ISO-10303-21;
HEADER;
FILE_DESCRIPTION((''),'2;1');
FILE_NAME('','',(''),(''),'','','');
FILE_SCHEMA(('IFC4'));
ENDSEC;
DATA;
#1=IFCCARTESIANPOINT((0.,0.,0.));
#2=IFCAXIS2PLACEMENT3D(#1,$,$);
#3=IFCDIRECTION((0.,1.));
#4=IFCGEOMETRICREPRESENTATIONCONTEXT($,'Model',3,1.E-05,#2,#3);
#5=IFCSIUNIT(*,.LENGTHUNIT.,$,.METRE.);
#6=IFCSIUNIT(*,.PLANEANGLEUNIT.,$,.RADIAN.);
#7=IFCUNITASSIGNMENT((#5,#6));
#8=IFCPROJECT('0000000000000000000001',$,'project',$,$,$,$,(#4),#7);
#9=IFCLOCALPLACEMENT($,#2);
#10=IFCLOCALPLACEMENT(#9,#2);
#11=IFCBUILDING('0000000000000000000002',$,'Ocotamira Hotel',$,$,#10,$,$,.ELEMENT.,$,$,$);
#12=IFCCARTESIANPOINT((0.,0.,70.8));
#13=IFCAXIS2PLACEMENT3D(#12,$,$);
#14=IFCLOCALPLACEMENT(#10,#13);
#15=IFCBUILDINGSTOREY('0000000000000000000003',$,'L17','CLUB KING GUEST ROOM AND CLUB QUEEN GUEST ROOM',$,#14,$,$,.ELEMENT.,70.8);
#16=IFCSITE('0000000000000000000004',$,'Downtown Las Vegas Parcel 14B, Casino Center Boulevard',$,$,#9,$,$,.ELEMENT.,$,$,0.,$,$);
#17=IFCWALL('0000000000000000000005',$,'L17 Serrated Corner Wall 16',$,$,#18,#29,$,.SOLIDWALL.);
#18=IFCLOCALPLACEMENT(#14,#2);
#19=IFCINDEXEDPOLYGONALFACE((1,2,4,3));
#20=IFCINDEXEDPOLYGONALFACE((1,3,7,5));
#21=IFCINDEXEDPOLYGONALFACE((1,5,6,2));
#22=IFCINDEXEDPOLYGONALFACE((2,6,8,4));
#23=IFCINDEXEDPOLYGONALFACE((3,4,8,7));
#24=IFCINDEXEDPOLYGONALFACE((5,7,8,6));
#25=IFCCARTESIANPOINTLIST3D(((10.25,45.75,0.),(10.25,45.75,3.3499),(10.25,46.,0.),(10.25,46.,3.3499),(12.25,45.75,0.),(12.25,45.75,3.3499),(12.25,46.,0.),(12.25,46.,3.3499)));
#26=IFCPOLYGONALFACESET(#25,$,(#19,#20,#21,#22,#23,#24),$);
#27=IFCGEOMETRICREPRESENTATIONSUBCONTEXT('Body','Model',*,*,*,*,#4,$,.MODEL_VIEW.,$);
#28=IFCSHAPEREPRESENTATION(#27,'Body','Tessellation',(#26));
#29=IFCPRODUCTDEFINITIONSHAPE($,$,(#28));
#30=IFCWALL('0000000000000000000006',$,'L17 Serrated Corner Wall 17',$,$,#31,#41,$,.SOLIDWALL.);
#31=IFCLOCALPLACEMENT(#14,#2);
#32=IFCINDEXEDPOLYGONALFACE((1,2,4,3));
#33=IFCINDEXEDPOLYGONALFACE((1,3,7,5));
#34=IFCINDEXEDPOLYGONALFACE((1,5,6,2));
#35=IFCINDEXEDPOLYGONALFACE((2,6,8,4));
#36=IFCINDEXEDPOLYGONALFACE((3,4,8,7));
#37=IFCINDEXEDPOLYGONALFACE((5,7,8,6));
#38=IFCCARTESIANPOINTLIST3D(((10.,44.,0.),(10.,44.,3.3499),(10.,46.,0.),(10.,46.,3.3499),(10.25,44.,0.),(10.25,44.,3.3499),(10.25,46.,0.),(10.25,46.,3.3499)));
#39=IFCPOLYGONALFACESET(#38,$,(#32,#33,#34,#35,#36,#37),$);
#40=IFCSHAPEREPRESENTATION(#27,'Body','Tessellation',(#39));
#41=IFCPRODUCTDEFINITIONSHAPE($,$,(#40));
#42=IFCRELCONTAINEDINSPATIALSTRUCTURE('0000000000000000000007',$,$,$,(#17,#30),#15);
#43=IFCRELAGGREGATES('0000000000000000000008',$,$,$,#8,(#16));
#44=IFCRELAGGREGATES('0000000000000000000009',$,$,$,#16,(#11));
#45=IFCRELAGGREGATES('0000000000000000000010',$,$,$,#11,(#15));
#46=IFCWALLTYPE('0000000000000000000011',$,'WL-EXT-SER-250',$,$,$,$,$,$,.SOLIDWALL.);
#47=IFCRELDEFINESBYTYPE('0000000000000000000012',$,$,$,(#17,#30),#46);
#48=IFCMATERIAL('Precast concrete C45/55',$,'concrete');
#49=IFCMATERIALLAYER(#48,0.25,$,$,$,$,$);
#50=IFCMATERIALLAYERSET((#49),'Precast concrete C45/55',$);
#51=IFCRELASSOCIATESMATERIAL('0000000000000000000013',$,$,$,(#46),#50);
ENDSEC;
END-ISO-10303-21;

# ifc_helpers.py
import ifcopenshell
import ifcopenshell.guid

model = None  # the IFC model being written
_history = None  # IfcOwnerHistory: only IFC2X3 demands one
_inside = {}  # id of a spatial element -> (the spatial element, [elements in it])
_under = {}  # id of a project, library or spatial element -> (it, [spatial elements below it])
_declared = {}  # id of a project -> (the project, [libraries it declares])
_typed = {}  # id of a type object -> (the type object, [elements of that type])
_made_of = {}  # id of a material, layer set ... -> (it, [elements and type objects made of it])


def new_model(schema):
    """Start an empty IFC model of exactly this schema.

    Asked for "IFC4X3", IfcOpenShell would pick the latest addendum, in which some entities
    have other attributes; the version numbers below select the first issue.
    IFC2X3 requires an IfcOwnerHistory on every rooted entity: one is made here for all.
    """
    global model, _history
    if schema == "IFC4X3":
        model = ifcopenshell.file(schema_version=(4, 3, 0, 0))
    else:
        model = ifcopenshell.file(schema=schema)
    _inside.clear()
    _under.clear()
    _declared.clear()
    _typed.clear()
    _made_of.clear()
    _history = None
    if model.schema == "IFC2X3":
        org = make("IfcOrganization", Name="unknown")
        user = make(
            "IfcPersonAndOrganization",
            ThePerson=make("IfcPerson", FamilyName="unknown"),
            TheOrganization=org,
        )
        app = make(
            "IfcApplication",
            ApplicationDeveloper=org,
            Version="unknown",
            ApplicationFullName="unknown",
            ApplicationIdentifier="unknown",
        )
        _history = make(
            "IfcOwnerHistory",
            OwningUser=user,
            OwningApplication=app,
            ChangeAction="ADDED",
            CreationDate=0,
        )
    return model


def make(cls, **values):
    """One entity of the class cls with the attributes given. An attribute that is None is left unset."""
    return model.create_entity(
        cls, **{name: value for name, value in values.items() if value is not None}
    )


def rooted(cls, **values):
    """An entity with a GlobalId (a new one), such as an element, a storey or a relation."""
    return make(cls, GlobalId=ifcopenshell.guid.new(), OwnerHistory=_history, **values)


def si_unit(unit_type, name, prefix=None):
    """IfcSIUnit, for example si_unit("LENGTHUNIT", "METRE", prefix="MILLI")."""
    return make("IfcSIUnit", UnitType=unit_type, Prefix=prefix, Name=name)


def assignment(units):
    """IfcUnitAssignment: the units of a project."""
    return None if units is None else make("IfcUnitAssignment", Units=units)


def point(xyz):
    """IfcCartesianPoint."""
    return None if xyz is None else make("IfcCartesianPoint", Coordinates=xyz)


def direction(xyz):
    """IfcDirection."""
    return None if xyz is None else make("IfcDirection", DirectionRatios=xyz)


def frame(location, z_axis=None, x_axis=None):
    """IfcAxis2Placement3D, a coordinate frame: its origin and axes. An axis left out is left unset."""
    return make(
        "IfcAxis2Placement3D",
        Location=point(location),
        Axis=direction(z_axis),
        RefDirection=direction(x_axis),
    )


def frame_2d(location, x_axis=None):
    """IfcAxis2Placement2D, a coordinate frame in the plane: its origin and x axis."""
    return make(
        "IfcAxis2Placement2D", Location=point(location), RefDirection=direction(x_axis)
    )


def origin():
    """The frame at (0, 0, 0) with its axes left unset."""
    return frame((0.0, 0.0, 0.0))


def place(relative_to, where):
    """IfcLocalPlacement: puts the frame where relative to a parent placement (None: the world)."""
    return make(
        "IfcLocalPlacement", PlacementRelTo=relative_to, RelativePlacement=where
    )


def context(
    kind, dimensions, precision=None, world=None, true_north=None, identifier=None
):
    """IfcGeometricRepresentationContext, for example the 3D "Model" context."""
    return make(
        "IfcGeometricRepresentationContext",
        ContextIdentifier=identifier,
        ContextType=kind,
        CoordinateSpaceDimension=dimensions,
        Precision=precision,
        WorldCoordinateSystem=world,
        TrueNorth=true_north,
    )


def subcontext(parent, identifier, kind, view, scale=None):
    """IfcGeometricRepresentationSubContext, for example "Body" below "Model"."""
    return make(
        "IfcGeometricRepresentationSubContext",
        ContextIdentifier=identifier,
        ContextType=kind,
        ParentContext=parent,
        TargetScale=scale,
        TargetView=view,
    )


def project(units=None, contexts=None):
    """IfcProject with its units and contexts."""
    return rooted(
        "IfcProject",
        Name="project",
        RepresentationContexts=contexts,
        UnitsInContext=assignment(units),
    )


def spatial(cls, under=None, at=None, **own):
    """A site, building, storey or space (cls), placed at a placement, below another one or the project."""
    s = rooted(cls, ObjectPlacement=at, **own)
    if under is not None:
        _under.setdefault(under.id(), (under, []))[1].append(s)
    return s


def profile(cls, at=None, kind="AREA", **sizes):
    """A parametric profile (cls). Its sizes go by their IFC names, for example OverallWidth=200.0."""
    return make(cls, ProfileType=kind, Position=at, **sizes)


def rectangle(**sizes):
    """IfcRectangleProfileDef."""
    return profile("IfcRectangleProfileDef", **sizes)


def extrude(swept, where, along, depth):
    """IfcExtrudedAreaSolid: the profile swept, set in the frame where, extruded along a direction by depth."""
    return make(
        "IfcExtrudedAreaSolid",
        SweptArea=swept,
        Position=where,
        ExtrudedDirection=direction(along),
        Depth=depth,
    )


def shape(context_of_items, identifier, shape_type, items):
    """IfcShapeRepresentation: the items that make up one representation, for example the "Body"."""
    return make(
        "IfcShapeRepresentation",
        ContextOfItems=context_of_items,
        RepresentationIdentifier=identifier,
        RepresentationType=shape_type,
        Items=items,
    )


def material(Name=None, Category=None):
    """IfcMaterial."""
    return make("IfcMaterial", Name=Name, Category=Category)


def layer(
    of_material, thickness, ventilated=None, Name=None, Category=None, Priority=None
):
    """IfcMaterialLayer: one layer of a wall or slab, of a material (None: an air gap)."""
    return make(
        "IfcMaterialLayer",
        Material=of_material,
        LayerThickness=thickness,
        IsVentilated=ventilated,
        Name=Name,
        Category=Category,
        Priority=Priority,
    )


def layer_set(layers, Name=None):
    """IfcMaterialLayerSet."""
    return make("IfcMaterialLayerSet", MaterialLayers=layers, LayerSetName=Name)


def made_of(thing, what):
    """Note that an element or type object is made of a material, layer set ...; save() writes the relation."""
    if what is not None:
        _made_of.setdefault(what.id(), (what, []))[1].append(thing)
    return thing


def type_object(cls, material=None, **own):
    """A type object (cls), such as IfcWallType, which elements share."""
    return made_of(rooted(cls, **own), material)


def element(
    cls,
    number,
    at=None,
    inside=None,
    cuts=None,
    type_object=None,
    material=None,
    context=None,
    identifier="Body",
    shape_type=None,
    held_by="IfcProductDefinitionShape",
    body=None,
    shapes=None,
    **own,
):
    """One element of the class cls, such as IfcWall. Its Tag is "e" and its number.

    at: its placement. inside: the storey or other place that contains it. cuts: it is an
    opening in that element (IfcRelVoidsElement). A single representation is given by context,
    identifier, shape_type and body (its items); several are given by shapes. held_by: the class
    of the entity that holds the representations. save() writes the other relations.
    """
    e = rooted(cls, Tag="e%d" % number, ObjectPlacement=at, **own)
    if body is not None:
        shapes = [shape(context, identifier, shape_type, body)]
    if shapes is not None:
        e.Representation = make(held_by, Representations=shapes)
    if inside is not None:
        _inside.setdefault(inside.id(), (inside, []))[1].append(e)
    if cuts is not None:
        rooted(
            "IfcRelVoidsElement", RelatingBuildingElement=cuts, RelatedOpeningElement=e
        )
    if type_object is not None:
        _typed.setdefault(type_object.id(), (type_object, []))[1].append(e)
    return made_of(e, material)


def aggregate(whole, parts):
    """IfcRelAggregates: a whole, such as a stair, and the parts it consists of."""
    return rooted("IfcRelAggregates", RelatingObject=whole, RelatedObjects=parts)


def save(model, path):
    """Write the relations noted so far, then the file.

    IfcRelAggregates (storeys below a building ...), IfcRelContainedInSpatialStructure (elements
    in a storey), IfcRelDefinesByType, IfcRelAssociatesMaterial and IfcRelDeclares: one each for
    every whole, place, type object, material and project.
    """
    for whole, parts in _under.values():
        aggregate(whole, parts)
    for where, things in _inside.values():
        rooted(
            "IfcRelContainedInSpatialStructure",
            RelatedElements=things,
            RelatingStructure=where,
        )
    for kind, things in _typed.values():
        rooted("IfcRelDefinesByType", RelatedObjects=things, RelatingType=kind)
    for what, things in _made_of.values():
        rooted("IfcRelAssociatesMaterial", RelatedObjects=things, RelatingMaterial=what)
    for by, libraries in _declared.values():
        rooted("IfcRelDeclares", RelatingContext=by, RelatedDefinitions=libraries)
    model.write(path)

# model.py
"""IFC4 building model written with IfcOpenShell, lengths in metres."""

from ifc_helpers import new_model, si_unit, direction, frame, frame_2d, origin, place, context, subcontext, project, spatial, rectangle, extrude, material, layer, layer_set, type_object, element, save


model = new_model("IFC4")

# Units and contexts
model_context = context("Model", 3, precision=1e-05, world=origin(), true_north=direction((0.0, 1.0)))
body_context = subcontext(model_context, "Body", "Model", "MODEL_VIEW")
ifc_project = project(units=[si_unit("LENGTHUNIT", "METRE"), si_unit("PLANEANGLEUNIT", "RADIAN")], contexts=[model_context])

# Site, building, storey
site_placement = place(None, origin())
site = spatial("IfcSite", under=ifc_project, at=site_placement, Name="Downtown Las Vegas Parcel 14B, Casino Center Boulevard", CompositionType="ELEMENT", RefElevation=0.0)
building_placement = place(site_placement, origin())
building = spatial("IfcBuilding", under=site, at=building_placement, Name="Ocotamira Hotel", CompositionType="ELEMENT")
storey_placement = place(building_placement, frame((0.0, 0.0, 70.8)))
storey = spatial("IfcBuildingStorey", under=building, at=storey_placement, Name="L17", Description="CLUB KING GUEST ROOM AND CLUB QUEEN GUEST ROOM", CompositionType="ELEMENT", Elevation=70.8)

# Shared definitions
ifc_material_1 = material(Name="Precast concrete C45/55", Category="concrete")
ifc_layer_1 = layer(ifc_material_1, 0.25)
ifc_layer_set_1 = layer_set([ifc_layer_1], Name="Precast concrete C45/55")
wall_type_1 = type_object("IfcWallType", Name="WL-EXT-SER-250", PredefinedType="SOLIDWALL", material=ifc_layer_set_1)

# Walls
for number, where, z_axis, x_axis, name in (
    (1, (12.25, 45.875, 0.0), (0.0, 0.0, 1.0), (-1.0, 0.0, 0.0), "L17 Serrated Corner Wall 16"),
    (2, (10.125, 46.0, 0.0), (0.0, 0.0, 1.0), (0.0, -1.0, 0.0), "L17 Serrated Corner Wall 17"),
):
    element("IfcWall", number, at=place(storey_placement, frame(where, z_axis=z_axis, x_axis=x_axis)), inside=storey, type_object=wall_type_1, Name=name, PredefinedType="SOLIDWALL", context=body_context, shape_type="SweptSolid", body=[
        extrude(rectangle(XDim=2.0, YDim=0.25, at=frame_2d((1.0, 0.0))), origin(), (0.0, 0.0, 1.0), 3.3499),
    ])

save(model, "model.ifc")
